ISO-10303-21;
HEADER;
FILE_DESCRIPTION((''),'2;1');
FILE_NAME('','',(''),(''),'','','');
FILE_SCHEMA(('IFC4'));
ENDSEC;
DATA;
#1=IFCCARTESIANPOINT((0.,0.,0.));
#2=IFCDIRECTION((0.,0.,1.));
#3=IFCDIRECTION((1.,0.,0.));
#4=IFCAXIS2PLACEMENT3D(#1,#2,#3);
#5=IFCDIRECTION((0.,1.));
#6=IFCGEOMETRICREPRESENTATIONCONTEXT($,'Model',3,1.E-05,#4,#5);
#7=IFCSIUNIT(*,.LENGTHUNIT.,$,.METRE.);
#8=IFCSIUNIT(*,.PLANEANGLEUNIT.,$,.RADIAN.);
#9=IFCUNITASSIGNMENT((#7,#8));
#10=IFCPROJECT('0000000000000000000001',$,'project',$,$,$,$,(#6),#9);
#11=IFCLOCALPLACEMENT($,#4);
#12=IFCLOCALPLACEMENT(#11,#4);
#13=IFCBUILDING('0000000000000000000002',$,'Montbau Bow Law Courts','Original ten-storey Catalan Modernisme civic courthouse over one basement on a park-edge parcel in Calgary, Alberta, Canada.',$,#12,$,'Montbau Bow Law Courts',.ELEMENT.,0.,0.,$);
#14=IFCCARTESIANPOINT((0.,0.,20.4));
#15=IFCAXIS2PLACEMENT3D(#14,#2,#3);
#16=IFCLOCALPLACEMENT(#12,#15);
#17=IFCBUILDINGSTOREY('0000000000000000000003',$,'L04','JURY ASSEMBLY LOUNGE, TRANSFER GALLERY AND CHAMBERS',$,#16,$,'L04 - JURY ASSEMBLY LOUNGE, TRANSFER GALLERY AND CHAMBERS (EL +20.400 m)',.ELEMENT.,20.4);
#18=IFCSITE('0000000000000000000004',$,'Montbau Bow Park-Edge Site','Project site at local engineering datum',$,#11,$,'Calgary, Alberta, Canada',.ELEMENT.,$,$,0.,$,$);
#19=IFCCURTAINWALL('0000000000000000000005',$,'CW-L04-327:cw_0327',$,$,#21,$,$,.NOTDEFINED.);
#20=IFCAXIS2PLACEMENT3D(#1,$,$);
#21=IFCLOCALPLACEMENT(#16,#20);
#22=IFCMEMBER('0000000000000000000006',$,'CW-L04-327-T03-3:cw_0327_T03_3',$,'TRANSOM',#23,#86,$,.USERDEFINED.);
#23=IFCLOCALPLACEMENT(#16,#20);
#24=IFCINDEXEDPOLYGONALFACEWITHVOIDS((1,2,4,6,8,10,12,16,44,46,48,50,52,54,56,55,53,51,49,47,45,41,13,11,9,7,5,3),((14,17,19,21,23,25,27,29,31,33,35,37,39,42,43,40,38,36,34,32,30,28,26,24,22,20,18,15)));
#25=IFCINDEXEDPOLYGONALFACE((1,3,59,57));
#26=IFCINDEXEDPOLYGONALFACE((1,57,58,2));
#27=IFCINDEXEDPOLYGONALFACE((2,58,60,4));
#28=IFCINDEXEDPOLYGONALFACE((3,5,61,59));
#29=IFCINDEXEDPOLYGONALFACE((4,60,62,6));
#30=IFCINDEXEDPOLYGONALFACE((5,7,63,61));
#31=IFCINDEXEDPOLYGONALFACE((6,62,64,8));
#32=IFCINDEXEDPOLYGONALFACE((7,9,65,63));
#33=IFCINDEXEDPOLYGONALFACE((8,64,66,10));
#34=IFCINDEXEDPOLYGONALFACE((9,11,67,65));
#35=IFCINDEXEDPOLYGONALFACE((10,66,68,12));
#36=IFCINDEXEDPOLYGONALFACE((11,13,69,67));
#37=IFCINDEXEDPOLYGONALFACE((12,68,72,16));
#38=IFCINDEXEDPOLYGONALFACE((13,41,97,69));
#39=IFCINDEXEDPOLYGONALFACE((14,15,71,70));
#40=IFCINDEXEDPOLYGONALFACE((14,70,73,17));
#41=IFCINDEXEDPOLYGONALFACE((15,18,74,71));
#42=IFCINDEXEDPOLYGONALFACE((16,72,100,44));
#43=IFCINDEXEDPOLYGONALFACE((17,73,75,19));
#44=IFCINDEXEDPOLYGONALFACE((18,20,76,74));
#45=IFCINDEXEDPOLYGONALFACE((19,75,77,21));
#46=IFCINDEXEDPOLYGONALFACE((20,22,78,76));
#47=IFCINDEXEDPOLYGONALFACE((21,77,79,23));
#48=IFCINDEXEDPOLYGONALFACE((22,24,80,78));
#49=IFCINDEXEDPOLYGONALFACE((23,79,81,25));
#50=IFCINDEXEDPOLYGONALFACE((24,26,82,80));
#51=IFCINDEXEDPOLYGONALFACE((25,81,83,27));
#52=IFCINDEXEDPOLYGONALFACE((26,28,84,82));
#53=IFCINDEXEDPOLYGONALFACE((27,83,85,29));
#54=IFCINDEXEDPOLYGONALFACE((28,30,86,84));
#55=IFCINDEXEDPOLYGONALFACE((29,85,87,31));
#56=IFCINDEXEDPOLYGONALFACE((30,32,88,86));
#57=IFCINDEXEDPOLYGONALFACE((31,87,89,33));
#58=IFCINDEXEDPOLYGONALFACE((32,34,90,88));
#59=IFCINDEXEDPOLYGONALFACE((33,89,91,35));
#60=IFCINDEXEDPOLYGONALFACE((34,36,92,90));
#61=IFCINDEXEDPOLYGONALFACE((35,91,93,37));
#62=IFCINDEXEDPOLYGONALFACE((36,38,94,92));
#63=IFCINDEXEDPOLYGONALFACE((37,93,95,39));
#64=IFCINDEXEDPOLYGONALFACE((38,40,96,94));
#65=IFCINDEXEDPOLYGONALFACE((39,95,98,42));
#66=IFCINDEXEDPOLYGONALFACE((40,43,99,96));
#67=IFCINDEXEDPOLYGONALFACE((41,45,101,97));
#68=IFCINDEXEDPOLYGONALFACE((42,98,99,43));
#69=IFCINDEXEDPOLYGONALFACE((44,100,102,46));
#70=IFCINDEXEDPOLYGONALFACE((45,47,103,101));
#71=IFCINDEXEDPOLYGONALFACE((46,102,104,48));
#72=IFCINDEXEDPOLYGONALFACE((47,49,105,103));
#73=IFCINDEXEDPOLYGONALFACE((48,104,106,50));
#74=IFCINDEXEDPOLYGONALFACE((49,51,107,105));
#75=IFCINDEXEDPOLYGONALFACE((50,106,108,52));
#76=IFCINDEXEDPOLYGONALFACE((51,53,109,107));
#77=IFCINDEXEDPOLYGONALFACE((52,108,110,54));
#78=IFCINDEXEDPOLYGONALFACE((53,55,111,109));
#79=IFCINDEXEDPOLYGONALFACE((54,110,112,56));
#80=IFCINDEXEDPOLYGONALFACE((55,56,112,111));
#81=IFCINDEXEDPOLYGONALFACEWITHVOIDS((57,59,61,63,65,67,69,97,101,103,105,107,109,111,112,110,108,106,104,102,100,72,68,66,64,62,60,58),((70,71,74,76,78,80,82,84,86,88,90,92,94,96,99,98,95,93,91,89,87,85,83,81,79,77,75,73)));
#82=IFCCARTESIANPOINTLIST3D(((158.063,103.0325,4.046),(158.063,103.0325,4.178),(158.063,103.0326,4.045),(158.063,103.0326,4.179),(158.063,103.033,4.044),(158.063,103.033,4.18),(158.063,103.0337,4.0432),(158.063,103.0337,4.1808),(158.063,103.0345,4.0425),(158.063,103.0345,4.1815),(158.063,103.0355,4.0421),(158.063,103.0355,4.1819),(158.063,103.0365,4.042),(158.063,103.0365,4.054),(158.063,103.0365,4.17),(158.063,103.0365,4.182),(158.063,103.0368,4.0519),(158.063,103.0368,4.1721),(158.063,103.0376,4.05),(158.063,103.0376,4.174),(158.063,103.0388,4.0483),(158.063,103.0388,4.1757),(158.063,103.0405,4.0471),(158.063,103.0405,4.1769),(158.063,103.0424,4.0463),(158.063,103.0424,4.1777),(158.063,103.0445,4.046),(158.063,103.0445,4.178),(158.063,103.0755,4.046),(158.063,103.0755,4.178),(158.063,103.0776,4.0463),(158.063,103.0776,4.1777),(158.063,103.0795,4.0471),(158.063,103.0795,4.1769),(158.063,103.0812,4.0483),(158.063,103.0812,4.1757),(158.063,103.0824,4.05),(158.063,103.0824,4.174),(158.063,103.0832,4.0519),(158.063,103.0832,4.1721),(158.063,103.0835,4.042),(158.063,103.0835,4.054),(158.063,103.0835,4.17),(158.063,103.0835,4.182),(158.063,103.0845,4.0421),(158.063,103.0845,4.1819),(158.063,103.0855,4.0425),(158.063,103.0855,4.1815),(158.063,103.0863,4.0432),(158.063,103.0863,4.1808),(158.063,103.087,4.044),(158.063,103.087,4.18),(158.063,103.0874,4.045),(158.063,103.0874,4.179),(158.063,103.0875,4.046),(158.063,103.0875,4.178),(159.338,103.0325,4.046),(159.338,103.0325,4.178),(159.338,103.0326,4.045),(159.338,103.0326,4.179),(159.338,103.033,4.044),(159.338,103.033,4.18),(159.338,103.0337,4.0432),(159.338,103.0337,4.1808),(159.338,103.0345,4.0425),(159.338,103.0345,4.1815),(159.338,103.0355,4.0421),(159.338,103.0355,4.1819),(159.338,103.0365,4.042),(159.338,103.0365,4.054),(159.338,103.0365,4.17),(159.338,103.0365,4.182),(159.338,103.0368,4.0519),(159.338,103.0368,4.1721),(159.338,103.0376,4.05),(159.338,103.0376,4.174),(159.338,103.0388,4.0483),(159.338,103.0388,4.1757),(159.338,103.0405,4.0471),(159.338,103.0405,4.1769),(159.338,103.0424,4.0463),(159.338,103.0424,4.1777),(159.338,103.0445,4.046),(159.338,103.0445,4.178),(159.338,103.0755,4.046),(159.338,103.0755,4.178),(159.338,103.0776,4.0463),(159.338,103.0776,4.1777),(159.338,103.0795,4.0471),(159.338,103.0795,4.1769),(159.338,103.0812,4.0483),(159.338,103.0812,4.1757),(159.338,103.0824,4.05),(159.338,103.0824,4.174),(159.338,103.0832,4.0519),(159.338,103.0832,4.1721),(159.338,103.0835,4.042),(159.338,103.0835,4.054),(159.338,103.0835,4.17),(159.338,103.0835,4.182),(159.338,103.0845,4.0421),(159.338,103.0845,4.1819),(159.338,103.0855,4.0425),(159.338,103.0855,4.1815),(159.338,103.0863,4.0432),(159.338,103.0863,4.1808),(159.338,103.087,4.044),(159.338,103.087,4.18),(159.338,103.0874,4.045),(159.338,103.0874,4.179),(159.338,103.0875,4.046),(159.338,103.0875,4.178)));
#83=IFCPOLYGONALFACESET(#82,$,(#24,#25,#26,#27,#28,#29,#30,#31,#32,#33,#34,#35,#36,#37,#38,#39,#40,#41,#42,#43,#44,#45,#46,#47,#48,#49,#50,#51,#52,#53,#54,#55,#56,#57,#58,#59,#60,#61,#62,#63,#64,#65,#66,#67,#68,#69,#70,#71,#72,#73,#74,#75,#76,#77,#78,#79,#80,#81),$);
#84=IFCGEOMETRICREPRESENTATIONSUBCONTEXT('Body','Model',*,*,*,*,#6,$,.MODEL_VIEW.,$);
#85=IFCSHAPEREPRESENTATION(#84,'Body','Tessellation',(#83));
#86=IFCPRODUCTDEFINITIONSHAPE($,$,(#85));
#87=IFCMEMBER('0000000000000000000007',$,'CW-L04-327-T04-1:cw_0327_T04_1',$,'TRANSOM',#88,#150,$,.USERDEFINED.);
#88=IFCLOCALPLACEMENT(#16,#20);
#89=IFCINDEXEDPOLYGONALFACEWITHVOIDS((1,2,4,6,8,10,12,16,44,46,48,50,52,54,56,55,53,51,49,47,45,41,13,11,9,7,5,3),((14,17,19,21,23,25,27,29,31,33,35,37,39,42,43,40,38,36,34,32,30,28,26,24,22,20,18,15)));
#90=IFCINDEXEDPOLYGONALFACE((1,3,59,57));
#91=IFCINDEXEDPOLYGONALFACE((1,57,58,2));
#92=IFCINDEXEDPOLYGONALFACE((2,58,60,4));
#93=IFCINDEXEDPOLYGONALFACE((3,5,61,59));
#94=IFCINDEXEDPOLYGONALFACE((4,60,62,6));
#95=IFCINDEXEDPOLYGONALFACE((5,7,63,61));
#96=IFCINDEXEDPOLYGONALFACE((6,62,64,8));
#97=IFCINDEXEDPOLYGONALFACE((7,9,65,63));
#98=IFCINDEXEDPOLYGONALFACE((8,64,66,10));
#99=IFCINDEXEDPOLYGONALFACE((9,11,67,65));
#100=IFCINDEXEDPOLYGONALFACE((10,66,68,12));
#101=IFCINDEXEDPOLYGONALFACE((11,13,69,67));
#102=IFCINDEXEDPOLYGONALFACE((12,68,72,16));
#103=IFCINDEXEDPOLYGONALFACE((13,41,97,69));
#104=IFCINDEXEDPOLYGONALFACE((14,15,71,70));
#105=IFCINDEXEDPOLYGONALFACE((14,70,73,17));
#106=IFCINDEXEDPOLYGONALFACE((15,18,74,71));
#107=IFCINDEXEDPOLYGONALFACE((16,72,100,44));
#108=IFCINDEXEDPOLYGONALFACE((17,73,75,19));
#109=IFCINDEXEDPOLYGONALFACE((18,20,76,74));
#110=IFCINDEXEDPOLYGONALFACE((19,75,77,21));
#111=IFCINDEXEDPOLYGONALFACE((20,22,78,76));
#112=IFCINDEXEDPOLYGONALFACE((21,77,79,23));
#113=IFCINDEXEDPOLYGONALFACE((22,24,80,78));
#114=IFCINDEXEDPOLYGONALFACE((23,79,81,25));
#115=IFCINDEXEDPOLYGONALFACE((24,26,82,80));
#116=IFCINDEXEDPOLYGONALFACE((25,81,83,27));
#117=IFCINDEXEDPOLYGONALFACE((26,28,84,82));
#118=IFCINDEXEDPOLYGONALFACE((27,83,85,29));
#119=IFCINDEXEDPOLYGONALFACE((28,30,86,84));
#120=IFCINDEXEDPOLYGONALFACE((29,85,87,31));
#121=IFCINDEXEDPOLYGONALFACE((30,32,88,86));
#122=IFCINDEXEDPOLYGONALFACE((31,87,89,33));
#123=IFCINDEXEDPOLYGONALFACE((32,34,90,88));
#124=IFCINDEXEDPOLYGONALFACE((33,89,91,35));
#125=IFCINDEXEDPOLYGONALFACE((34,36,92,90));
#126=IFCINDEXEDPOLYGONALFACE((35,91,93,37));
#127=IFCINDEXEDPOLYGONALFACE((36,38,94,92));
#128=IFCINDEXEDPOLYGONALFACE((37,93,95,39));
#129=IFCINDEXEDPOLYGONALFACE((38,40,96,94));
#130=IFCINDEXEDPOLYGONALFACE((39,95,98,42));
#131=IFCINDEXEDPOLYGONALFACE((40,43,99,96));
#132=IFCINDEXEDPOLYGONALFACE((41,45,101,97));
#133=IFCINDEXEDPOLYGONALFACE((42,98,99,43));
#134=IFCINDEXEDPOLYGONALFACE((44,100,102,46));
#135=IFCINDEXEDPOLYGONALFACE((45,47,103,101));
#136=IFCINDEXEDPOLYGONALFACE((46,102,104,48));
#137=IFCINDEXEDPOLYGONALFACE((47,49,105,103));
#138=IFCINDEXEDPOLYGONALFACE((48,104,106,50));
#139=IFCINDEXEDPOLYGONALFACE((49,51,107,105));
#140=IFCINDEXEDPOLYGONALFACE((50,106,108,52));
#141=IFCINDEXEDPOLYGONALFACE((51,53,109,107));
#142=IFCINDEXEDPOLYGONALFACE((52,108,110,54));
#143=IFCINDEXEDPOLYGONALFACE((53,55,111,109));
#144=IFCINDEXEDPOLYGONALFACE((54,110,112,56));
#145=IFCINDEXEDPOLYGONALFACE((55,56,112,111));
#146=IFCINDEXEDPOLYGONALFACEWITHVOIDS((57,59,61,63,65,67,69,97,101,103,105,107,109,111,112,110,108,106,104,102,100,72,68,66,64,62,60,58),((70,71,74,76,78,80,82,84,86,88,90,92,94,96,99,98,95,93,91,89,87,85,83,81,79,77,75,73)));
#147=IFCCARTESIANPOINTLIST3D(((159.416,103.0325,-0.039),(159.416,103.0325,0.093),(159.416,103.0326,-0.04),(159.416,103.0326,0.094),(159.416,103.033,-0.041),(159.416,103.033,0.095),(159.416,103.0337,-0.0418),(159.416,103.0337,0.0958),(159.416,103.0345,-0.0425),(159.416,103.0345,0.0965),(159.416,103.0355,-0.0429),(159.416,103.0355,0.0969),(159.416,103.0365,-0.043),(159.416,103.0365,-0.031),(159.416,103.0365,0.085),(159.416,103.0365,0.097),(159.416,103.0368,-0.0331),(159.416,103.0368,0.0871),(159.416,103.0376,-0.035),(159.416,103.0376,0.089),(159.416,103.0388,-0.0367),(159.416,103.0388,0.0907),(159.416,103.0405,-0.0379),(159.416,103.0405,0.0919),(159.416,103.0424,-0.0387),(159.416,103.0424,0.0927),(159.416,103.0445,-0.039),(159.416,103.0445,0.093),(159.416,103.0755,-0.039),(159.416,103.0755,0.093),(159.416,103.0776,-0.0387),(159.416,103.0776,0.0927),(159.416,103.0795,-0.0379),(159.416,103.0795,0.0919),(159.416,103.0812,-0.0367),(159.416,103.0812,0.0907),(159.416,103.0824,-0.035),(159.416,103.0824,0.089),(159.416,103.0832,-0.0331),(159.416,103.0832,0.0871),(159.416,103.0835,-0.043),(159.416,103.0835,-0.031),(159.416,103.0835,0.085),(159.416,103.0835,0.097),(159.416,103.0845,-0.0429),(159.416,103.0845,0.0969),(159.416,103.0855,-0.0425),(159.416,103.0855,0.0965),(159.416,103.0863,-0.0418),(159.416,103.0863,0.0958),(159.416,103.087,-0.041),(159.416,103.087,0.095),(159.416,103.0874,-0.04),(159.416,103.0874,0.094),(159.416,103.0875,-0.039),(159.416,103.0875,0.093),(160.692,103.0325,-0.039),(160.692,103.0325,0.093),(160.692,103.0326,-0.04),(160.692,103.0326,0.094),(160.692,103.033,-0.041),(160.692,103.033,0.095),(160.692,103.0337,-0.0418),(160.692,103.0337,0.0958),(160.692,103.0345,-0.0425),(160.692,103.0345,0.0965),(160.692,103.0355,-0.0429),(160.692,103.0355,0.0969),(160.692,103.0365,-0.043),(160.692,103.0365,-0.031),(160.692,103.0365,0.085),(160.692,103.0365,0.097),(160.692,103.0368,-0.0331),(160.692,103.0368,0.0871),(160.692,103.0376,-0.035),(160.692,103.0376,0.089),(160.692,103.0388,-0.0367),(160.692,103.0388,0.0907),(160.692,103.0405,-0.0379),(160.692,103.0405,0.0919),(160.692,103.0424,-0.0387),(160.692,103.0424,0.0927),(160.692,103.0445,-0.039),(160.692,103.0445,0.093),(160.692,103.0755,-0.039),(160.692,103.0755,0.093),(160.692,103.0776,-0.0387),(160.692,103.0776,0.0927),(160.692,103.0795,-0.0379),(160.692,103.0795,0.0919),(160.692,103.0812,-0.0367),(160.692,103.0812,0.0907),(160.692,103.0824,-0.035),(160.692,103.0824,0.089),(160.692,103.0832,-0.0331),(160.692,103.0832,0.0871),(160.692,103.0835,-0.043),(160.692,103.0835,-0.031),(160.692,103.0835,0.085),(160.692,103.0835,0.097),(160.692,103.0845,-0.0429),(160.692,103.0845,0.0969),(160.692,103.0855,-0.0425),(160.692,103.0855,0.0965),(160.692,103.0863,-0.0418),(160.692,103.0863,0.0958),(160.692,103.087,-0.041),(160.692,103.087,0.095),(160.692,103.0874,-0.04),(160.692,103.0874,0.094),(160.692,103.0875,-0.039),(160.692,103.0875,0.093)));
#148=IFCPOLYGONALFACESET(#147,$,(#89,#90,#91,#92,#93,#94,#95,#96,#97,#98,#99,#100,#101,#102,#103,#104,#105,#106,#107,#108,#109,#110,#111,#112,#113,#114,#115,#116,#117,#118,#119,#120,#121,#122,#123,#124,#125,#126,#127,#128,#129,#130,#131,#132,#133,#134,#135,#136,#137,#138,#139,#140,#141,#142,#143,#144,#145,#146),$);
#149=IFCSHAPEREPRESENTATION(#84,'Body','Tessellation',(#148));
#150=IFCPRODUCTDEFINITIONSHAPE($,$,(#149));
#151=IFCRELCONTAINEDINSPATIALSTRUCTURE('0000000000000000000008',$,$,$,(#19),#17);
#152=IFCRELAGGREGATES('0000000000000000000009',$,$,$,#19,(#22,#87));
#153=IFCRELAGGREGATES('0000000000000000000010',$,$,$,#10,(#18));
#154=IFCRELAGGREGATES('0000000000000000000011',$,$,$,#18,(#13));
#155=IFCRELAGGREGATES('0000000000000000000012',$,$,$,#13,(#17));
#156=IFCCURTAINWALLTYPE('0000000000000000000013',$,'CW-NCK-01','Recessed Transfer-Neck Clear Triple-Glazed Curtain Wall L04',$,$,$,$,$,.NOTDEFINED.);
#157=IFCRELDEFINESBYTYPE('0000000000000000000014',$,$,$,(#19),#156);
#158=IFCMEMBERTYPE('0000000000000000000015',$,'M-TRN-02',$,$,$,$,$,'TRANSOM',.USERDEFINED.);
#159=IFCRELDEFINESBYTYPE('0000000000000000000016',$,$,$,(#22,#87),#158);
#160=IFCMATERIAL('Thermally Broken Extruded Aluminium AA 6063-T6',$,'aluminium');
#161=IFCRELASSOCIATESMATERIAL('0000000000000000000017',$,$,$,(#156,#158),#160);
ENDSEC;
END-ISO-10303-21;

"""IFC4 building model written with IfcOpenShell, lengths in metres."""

from ifc_helpers import new_model, si_unit, direction, frame, origin_with_axes, origin_2d_with_axis, place, context, subcontext, project, spatial, hollow_rectangle, extrude, material, material_profile, profile_set, type_object, element, aggregate, save


model = new_model("IFC4")

# Units and contexts
model_context = context("Model", 3, precision=1e-05, world=origin_with_axes(), true_north=direction((0.0, 1.0)))
body_context = subcontext(model_context, "Body", "Model", "MODEL_VIEW")
ifc_project = project(units=[si_unit("LENGTHUNIT", "METRE"), si_unit("PLANEANGLEUNIT", "RADIAN")], contexts=[model_context])

# Site, building, storey
site_placement = place(None, origin_with_axes())
site = spatial("IfcSite", under=ifc_project, at=site_placement, Name="Montbau Bow Park-Edge Site", Description="Project site at local engineering datum", LongName="Calgary, Alberta, Canada", CompositionType="ELEMENT", RefElevation=0.0)
building_placement = place(site_placement, origin_with_axes())
building = spatial("IfcBuilding", under=site, at=building_placement, Name="Montbau Bow Law Courts", Description="Original ten-storey Catalan Modernisme civic courthouse over one basement on a park-edge parcel in Calgary, Alberta, Canada.", LongName="Montbau Bow Law Courts", CompositionType="ELEMENT", ElevationOfRefHeight=0.0, ElevationOfTerrain=0.0)
storey_placement = place(building_placement, frame((0.0, 0.0, 20.4), z_axis=(0.0, 0.0, 1.0), x_axis=(1.0, 0.0, 0.0)))
storey = spatial("IfcBuildingStorey", under=building, at=storey_placement, Name="L04", Description="JURY ASSEMBLY LOUNGE, TRANSFER GALLERY AND CHAMBERS", LongName="L04 - JURY ASSEMBLY LOUNGE, TRANSFER GALLERY AND CHAMBERS (EL +20.400 m)", CompositionType="ELEMENT", Elevation=20.4)

# Curtain wall
ifc_material_1 = material(Name="Thermally Broken Extruded Aluminium AA 6063-T6", Category="aluminium")
curtain_wall_type = type_object("IfcCurtainWallType", Name="CW-NCK-01", Description="Recessed Transfer-Neck Clear Triple-Glazed Curtain Wall L04", PredefinedType="NOTDEFINED", material=ifc_material_1)
curtain_wall_1_placement = place(None, frame((155.315, 103.06, 20.4), z_axis=(0.0, 0.0, 1.0), x_axis=(1.0, 0.0, 0.0)))
curtain_wall_1 = element("IfcCurtainWall", 1, at=curtain_wall_1_placement, inside=storey, type_object=curtain_wall_type, Name="CW-L04-327:cw_0327", PredefinedType="NOTDEFINED")

# Members
ifc_material_profile_1 = material_profile(ifc_material_1, hollow_rectangle(XDim=0.055, YDim=0.14, WallThickness=0.004, InnerFilletRadius=0.008, OuterFilletRadius=0.004, at=origin_2d_with_axis()), Name="CWT-140X55", Category="Main", Priority=0)
ifc_profile_set_1 = profile_set([ifc_material_profile_1], Name="Thermally Broken Extruded Aluminium AA 6063-T6")
member_type_1 = type_object("IfcMemberType", Name="M-TRN-02", ElementType="TRANSOM", PredefinedType="USERDEFINED", material=ifc_profile_set_1)
member_1_placement = place(None, frame((158.063, 103.06, 24.512), z_axis=(1.0, 0.0, 0.0), x_axis=(0.0, 1.0, 0.0)))
member_1 = element("IfcMember", 2, at=member_1_placement, type_object=member_type_1, Name="CW-L04-327-T03-3:cw_0327_T03_3", ObjectType="TRANSOM", PredefinedType="USERDEFINED", context=body_context, shape_type="SweptSolid", body=[
    extrude(hollow_rectangle(XDim=0.055, YDim=0.14, WallThickness=0.004, InnerFilletRadius=0.008, OuterFilletRadius=0.004, at=origin_2d_with_axis()), origin_with_axes(), (0.0, 0.0, 1.0), 1.275),
])
member_2_placement = place(None, frame((159.416, 103.06, 20.427), z_axis=(1.0, 0.0, 0.0), x_axis=(0.0, 1.0, 0.0)))
member_2 = element("IfcMember", 3, at=member_2_placement, type_object=member_type_1, Name="CW-L04-327-T04-1:cw_0327_T04_1", ObjectType="TRANSOM", PredefinedType="USERDEFINED", context=body_context, shape_type="SweptSolid", body=[
    extrude(hollow_rectangle(XDim=0.055, YDim=0.14, WallThickness=0.004, InnerFilletRadius=0.008, OuterFilletRadius=0.004, at=origin_2d_with_axis()), origin_with_axes(), (0.0, 0.0, 1.0), 1.276),
])

aggregate(curtain_wall_1, [member_1, member_2])

save(model, "model.ifc")
